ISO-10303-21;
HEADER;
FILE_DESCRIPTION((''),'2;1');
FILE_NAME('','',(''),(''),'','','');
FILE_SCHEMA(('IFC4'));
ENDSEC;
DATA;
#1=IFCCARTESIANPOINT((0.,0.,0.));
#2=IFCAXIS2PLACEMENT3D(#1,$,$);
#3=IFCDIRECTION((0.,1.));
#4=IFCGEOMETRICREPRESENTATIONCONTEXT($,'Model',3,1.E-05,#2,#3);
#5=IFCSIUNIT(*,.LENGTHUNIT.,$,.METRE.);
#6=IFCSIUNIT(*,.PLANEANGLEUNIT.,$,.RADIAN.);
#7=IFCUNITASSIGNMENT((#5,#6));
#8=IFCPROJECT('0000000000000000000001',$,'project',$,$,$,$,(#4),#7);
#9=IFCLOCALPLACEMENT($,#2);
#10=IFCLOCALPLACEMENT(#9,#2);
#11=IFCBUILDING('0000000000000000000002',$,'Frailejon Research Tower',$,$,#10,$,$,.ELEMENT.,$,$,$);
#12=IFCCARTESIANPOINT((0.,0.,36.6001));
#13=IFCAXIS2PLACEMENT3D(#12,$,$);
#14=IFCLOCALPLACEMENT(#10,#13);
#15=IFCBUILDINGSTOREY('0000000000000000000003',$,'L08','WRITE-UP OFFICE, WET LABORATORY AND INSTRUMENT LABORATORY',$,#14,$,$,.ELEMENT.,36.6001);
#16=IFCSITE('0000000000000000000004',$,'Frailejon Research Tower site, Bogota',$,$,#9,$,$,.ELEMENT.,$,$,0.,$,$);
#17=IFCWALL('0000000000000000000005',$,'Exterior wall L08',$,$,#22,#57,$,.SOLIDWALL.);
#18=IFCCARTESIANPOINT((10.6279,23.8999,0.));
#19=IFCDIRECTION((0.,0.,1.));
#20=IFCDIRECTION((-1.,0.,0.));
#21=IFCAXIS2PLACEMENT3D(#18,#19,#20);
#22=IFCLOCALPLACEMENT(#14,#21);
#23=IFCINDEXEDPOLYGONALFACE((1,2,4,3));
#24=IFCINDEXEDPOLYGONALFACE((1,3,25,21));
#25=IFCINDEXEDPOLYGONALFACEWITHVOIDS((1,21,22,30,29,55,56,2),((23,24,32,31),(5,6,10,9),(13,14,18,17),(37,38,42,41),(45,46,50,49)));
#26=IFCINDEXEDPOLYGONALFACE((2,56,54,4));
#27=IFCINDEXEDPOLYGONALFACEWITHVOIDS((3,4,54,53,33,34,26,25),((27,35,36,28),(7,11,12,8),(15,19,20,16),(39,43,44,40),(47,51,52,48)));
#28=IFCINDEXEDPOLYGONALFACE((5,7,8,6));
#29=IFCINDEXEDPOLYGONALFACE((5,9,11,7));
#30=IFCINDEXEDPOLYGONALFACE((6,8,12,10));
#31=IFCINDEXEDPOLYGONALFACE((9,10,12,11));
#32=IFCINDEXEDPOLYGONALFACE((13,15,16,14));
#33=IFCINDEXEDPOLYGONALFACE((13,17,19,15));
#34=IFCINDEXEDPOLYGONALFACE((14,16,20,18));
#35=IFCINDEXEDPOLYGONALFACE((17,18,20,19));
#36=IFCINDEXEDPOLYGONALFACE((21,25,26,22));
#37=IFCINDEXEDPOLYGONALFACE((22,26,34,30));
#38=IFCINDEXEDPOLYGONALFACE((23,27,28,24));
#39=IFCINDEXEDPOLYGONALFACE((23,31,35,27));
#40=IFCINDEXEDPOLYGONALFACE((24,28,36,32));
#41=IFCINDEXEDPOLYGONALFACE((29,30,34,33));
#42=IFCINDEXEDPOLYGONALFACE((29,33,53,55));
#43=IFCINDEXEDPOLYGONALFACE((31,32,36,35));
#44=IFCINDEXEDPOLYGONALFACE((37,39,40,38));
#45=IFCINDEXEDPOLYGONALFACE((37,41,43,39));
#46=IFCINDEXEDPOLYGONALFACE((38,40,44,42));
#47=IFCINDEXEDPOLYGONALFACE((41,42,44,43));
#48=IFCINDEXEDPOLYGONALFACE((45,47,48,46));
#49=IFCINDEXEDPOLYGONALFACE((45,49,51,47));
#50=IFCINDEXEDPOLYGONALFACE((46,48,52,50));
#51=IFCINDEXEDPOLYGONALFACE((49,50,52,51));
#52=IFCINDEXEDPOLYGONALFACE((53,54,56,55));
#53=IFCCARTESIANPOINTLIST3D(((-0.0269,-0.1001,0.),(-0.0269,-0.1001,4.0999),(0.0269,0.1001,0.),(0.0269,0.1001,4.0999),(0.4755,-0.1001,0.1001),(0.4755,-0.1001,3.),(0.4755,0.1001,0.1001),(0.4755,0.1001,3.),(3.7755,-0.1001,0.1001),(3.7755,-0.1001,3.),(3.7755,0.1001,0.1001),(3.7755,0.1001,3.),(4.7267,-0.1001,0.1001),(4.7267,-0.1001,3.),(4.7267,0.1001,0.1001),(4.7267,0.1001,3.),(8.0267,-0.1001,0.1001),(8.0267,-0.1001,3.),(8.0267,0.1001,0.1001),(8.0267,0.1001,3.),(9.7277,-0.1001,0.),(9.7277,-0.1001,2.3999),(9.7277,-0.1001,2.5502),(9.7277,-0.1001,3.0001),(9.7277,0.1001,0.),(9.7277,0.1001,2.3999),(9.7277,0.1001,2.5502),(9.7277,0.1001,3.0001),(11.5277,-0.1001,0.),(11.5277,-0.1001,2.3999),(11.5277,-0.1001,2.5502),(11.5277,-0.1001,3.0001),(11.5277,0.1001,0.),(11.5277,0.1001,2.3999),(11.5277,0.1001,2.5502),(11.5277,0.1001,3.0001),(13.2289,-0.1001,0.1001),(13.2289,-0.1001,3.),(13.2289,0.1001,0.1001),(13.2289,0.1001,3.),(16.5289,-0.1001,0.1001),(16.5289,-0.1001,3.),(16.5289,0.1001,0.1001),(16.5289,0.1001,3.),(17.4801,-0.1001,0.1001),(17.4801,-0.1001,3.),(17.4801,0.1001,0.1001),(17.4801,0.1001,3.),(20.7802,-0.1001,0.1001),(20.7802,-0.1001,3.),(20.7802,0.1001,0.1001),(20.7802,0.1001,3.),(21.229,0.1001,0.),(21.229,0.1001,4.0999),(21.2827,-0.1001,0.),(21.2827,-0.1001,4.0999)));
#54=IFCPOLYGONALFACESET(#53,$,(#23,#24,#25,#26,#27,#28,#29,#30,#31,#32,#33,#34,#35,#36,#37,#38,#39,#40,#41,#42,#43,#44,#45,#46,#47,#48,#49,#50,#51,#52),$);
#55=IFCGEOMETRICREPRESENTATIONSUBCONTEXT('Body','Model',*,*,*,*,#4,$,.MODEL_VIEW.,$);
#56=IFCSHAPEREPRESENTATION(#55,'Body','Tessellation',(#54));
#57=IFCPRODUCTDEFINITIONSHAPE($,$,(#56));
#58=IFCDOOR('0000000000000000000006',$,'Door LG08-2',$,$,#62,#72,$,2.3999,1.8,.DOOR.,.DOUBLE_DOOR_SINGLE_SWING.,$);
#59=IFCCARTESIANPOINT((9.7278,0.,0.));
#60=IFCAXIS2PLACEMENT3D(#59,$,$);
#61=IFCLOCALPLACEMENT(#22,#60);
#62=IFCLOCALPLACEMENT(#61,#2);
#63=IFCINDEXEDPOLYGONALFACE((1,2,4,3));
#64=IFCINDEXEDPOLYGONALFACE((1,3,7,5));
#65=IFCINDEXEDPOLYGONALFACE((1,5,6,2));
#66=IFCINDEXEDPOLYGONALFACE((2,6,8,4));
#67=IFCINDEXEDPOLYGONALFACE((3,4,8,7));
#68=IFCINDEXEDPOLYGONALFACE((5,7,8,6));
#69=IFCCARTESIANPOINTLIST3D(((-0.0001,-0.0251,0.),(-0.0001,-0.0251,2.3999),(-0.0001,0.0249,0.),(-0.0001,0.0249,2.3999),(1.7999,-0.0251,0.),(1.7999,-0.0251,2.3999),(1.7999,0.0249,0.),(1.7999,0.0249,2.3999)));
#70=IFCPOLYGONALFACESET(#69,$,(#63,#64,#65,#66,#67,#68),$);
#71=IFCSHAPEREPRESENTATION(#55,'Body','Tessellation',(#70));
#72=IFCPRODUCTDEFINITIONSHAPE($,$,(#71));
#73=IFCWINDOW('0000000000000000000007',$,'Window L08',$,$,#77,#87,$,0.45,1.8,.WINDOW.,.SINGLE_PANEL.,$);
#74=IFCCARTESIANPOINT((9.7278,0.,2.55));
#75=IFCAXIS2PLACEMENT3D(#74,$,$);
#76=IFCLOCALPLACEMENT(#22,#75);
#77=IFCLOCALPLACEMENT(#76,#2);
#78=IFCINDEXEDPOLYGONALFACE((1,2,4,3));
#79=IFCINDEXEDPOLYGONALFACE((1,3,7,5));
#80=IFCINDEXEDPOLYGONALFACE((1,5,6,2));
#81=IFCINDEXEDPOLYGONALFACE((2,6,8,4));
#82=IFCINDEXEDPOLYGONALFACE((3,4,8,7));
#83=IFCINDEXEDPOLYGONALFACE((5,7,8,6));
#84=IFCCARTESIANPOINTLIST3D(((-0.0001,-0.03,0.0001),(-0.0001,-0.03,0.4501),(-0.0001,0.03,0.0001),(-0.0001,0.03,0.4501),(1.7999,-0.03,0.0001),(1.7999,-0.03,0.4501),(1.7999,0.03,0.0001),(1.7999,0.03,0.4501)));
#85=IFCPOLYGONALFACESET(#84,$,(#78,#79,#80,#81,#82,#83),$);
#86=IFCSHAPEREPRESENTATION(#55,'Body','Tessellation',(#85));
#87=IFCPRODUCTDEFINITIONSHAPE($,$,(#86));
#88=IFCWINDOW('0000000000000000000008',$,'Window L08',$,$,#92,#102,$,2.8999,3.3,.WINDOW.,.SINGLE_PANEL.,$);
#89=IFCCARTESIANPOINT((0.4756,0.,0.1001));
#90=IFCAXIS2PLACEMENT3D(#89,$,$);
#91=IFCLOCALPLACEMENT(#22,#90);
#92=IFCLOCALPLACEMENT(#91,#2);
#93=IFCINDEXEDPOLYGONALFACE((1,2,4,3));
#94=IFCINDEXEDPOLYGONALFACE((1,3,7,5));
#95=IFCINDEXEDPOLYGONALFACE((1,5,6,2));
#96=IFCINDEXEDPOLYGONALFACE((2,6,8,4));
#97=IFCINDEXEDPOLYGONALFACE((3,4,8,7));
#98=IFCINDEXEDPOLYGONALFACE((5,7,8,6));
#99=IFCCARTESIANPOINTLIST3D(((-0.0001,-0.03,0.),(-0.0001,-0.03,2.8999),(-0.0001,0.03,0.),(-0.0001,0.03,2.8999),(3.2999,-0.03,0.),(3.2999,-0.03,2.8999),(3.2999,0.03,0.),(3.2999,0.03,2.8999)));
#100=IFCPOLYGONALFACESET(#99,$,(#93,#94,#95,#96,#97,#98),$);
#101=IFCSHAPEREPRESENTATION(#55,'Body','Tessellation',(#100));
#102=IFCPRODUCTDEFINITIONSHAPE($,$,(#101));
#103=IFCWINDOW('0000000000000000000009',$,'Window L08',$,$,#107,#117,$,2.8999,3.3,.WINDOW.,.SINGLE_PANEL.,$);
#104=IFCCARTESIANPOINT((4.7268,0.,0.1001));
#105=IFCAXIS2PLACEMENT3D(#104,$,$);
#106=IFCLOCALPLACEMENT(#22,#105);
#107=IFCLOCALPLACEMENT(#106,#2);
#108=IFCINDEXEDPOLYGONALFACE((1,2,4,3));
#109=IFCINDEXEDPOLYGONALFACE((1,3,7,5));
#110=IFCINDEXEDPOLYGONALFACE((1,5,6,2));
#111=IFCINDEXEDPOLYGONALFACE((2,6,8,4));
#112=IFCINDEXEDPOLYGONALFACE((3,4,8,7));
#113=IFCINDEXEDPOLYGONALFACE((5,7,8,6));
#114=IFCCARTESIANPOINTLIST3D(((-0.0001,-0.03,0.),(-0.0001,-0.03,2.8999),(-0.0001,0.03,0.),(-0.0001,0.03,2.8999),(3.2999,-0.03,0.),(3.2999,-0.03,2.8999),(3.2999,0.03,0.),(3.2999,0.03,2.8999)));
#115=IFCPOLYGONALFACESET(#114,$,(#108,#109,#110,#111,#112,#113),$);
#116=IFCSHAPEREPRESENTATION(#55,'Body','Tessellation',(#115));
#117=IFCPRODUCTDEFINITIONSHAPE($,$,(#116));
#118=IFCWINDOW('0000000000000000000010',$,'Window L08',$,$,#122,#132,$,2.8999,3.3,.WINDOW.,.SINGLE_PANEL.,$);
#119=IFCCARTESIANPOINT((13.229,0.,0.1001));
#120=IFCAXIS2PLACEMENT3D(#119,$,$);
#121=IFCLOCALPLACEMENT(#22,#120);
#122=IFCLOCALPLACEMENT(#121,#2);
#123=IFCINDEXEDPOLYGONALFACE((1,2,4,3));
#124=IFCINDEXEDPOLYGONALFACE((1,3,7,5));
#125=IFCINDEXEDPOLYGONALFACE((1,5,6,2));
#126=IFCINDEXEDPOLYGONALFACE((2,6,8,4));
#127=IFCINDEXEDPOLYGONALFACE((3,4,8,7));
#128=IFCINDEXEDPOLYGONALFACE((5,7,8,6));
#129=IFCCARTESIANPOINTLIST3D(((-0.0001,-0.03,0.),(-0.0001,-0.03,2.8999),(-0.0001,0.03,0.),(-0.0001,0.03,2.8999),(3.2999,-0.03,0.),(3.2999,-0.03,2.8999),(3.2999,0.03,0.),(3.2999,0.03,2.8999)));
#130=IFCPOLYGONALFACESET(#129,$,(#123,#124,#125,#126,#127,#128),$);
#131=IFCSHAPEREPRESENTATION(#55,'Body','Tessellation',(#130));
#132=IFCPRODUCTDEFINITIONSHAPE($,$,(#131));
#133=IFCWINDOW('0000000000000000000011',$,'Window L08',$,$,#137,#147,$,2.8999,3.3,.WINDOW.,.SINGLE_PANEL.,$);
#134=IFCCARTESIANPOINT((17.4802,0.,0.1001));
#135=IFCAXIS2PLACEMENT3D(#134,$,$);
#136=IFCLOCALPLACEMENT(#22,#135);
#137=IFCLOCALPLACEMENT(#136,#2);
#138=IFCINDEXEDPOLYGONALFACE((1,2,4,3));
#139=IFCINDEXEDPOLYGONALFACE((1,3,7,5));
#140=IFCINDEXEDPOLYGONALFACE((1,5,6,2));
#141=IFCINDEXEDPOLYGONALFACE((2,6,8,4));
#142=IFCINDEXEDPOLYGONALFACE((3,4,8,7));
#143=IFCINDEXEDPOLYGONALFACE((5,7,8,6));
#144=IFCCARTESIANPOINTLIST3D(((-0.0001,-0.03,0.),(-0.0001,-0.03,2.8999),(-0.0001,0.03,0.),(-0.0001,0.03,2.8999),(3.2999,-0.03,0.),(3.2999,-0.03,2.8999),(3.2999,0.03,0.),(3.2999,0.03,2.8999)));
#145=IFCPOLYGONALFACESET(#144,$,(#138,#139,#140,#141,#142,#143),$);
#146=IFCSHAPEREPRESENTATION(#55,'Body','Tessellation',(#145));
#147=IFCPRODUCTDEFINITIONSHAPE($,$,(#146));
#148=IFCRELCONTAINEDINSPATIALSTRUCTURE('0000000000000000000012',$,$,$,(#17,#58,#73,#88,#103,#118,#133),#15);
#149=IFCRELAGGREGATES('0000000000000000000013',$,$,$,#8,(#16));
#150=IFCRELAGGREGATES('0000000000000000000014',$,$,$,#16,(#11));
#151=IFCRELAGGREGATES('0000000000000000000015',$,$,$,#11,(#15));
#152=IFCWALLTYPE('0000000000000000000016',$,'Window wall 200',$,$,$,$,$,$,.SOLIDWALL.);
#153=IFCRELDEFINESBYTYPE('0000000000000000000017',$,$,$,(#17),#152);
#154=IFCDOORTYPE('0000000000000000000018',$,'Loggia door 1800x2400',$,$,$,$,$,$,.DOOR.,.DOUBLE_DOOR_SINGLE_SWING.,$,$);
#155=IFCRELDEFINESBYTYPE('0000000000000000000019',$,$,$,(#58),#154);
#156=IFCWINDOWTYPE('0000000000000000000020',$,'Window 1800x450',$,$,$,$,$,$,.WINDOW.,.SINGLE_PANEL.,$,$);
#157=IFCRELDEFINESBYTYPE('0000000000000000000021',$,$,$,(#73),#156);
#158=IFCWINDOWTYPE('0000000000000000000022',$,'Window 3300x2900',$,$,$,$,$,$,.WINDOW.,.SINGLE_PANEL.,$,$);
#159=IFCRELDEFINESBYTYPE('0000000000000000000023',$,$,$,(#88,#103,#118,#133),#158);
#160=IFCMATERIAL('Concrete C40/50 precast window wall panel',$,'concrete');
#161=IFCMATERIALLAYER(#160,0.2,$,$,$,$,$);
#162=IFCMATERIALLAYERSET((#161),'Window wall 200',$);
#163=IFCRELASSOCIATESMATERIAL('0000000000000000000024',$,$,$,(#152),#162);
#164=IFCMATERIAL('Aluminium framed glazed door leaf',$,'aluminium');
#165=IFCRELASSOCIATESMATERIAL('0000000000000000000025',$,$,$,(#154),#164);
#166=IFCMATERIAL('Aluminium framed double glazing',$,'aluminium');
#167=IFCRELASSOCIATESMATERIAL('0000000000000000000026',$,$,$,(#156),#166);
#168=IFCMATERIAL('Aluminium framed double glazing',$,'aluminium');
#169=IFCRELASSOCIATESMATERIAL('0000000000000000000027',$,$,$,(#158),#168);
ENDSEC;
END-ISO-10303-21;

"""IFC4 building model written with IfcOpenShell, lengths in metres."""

from ifc_helpers import new_model, si_unit, direction, frame, frame_2d, origin, place, context, subcontext, project, spatial, polyline, rectangle, outline, extrude, material, layer, layer_set, type_object, element, fill, save


model = new_model("IFC4")

# Units and contexts
model_context = context("Model", 3, precision=1e-05, world=origin(), true_north=direction((0.0, 1.0)))
body_context = subcontext(model_context, "Body", "Model", "MODEL_VIEW")
ifc_project = project(units=[si_unit("LENGTHUNIT", "METRE"), si_unit("PLANEANGLEUNIT", "RADIAN")], contexts=[model_context])

# Site, building, storey
site_placement = place(None, origin())
site = spatial("IfcSite", under=ifc_project, at=site_placement, Name="Frailejon Research Tower site, Bogota", CompositionType="ELEMENT", RefElevation=0.0)
building_placement = place(site_placement, origin())
building = spatial("IfcBuilding", under=site, at=building_placement, Name="Frailejon Research Tower", CompositionType="ELEMENT")
storey_placement = place(building_placement, frame((0.0, 0.0, 36.6001)))
storey = spatial("IfcBuildingStorey", under=building, at=storey_placement, Name="L08", Description="WRITE-UP OFFICE, WET LABORATORY AND INSTRUMENT LABORATORY", CompositionType="ELEMENT", Elevation=36.6001)

# Wall, openings, door, windows
ifc_material_1 = material(Name="Concrete C40/50 precast window wall panel", Category="concrete")
ifc_layer_1 = layer(ifc_material_1, 0.2)
ifc_layer_set_1 = layer_set([ifc_layer_1], Name="Window wall 200")
wall_type_1 = type_object("IfcWallType", Name="Window wall 200", PredefinedType="SOLIDWALL", material=ifc_layer_set_1)
wall_1_placement = place(storey_placement, frame((10.6279, 23.8999, 0.0), z_axis=(0.0, 0.0, 1.0), x_axis=(-1.0, 0.0, 0.0)))
wall_1 = element("IfcWall", 1, at=wall_1_placement, inside=storey, type_object=wall_type_1, Name="Exterior wall L08", PredefinedType="SOLIDWALL", context=body_context, shape_type="SweptSolid", body=[
    extrude(outline(polyline([(-0.0269, -0.1001), (0.9878, -0.1001), (2.0027, -0.1001), (3.0173, -0.1001), (4.0322, -0.1001), (5.0469, -0.1001), (6.0615, -0.1001), (7.0764, -0.1001), (8.0911, -0.1001), (9.1057, -0.1001), (10.1206, -0.1001), (11.1353, -0.1001), (12.1501, -0.1001), (13.1648, -0.1001), (14.1794, -0.1001), (15.1943, -0.1001), (16.209, -0.1001), (17.2236, -0.1001), (18.2385, -0.1001), (19.2532, -0.1001), (20.2681, -0.1001), (21.2827, -0.1001), (21.229, 0.1001), (20.2195, 0.1001), (19.2097, 0.1001), (18.2002, 0.1001), (17.1904, 0.1001), (16.1809, 0.1001), (15.1711, 0.1001), (14.1616, 0.1001), (13.1521, 0.1001), (12.1423, 0.1001), (11.1328, 0.1001), (10.123, 0.1001), (9.1135, 0.1001), (8.1038, 0.1001), (7.0942, 0.1001), (6.0847, 0.1001), (5.075, 0.1001), (4.0654, 0.1001), (3.0557, 0.1001), (2.0461, 0.1001), (1.0364, 0.1001), (0.0269, 0.1001), (-0.0269, -0.1001)])), origin(), (0.0, 0.0, 1.0), 4.0999),
])
opening_1_placement = place(wall_1_placement, frame((0.4756, 0.0, 0.1001)))
opening_1 = element("IfcOpeningElement", 2, at=opening_1_placement, cuts=wall_1, PredefinedType="OPENING", context=body_context, shape_type="SweptSolid", body=[
    extrude(rectangle(XDim=3.3, YDim=2.8999, at=frame_2d((1.6499, 1.45))), frame((0.0, 0.1099, 0.0), z_axis=(0.0, -1.0, 0.0), x_axis=(1.0, 0.0, 0.0)), (0.0, 0.0, 1.0), 0.22),
])
opening_2_placement = place(wall_1_placement, frame((4.7268, 0.0, 0.1001)))
opening_2 = element("IfcOpeningElement", 3, at=opening_2_placement, cuts=wall_1, PredefinedType="OPENING", context=body_context, shape_type="SweptSolid", body=[
    extrude(rectangle(XDim=3.3, YDim=2.8999, at=frame_2d((1.6499, 1.45))), frame((0.0, 0.1099, 0.0), z_axis=(0.0, -1.0, 0.0), x_axis=(1.0, 0.0, 0.0)), (0.0, 0.0, 1.0), 0.22),
])
opening_3_placement = place(wall_1_placement, frame((9.7278, 0.0, 0.0)))
opening_3 = element("IfcOpeningElement", 4, at=opening_3_placement, cuts=wall_1, PredefinedType="OPENING", context=body_context, shape_type="SweptSolid", body=[
    extrude(rectangle(XDim=1.8, YDim=2.3999, at=frame_2d((0.8999, 1.2))), frame((0.0, 0.1099, 0.0), z_axis=(0.0, -1.0, 0.0), x_axis=(1.0, 0.0, 0.0)), (0.0, 0.0, 1.0), 0.22),
])
opening_4_placement = place(wall_1_placement, frame((9.7278, 0.0, 2.55)))
opening_4 = element("IfcOpeningElement", 5, at=opening_4_placement, cuts=wall_1, PredefinedType="OPENING", context=body_context, shape_type="SweptSolid", body=[
    extrude(rectangle(XDim=1.8, YDim=0.45, at=frame_2d((0.8999, 0.2251))), frame((0.0, 0.1099, 0.0), z_axis=(0.0, -1.0, 0.0), x_axis=(1.0, 0.0, 0.0)), (0.0, 0.0, 1.0), 0.22),
])
opening_5_placement = place(wall_1_placement, frame((13.229, 0.0, 0.1001)))
opening_5 = element("IfcOpeningElement", 6, at=opening_5_placement, cuts=wall_1, PredefinedType="OPENING", context=body_context, shape_type="SweptSolid", body=[
    extrude(rectangle(XDim=3.3, YDim=2.8999, at=frame_2d((1.6499, 1.45))), frame((0.0, 0.1099, 0.0), z_axis=(0.0, -1.0, 0.0), x_axis=(1.0, 0.0, 0.0)), (0.0, 0.0, 1.0), 0.22),
])
opening_6_placement = place(wall_1_placement, frame((17.4802, 0.0, 0.1001)))
opening_6 = element("IfcOpeningElement", 7, at=opening_6_placement, cuts=wall_1, PredefinedType="OPENING", context=body_context, shape_type="SweptSolid", body=[
    extrude(rectangle(XDim=3.3, YDim=2.8999, at=frame_2d((1.6499, 1.45))), frame((0.0, 0.1099, 0.0), z_axis=(0.0, -1.0, 0.0), x_axis=(1.0, 0.0, 0.0)), (0.0, 0.0, 1.0), 0.22),
])
ifc_material_2 = material(Name="Aluminium framed glazed door leaf", Category="aluminium")
door_type_1 = type_object("IfcDoorType", Name="Loggia door 1800x2400", OperationType="DOUBLE_DOOR_SINGLE_SWING", PredefinedType="DOOR", material=ifc_material_2)
door_1_placement = place(opening_3_placement, origin())
door_1 = element("IfcDoor", 8, at=door_1_placement, inside=storey, type_object=door_type_1, Name="Door LG08-2", OperationType="DOUBLE_DOOR_SINGLE_SWING", OverallHeight=2.3999, OverallWidth=1.8, PredefinedType="DOOR", context=body_context, shape_type="SweptSolid", body=[
    extrude(rectangle(XDim=1.8, YDim=2.3999, at=frame_2d((0.8999, 1.2))), frame((0.0, 0.0249, 0.0), z_axis=(0.0, -1.0, 0.0), x_axis=(1.0, 0.0, 0.0)), (0.0, 0.0, 1.0), 0.05),
])
fill(opening_3, door_1)
ifc_material_3 = material(Name="Aluminium framed double glazing", Category="aluminium")
window_type_1 = type_object("IfcWindowType", Name="Window 1800x450", PartitioningType="SINGLE_PANEL", PredefinedType="WINDOW", material=ifc_material_3)
window_1_placement = place(opening_4_placement, origin())
window_1 = element("IfcWindow", 9, at=window_1_placement, inside=storey, type_object=window_type_1, Name="Window L08", OverallHeight=0.45, OverallWidth=1.8, PartitioningType="SINGLE_PANEL", PredefinedType="WINDOW", context=body_context, shape_type="SweptSolid", body=[
    extrude(rectangle(XDim=1.8, YDim=0.45, at=frame_2d((0.8999, 0.2251))), frame((0.0, 0.03, 0.0), z_axis=(0.0, -1.0, 0.0), x_axis=(1.0, 0.0, 0.0)), (0.0, 0.0, 1.0), 0.0601),
])
fill(opening_4, window_1)
ifc_material_4 = material(Name="Aluminium framed double glazing", Category="aluminium")
window_type_2 = type_object("IfcWindowType", Name="Window 3300x2900", PartitioningType="SINGLE_PANEL", PredefinedType="WINDOW", material=ifc_material_4)
window_2_placement = place(opening_1_placement, origin())
window_2 = element("IfcWindow", 10, at=window_2_placement, inside=storey, type_object=window_type_2, Name="Window L08", OverallHeight=2.8999, OverallWidth=3.3, PartitioningType="SINGLE_PANEL", PredefinedType="WINDOW", context=body_context, shape_type="SweptSolid", body=[
    extrude(rectangle(XDim=3.3, YDim=2.8999, at=frame_2d((1.6499, 1.45))), frame((0.0, 0.03, 0.0), z_axis=(0.0, -1.0, 0.0), x_axis=(1.0, 0.0, 0.0)), (0.0, 0.0, 1.0), 0.0601),
])
fill(opening_1, window_2)
window_3_placement = place(opening_2_placement, origin())
window_3 = element("IfcWindow", 11, at=window_3_placement, inside=storey, type_object=window_type_2, Name="Window L08", OverallHeight=2.8999, OverallWidth=3.3, PartitioningType="SINGLE_PANEL", PredefinedType="WINDOW", context=body_context, shape_type="SweptSolid", body=[
    extrude(rectangle(XDim=3.3, YDim=2.8999, at=frame_2d((1.6499, 1.45))), frame((0.0, 0.03, 0.0), z_axis=(0.0, -1.0, 0.0), x_axis=(1.0, 0.0, 0.0)), (0.0, 0.0, 1.0), 0.0601),
])
fill(opening_2, window_3)
window_4_placement = place(opening_5_placement, origin())
window_4 = element("IfcWindow", 12, at=window_4_placement, inside=storey, type_object=window_type_2, Name="Window L08", OverallHeight=2.8999, OverallWidth=3.3, PartitioningType="SINGLE_PANEL", PredefinedType="WINDOW", context=body_context, shape_type="SweptSolid", body=[
    extrude(rectangle(XDim=3.3, YDim=2.8999, at=frame_2d((1.6499, 1.45))), frame((0.0, 0.03, 0.0), z_axis=(0.0, -1.0, 0.0), x_axis=(1.0, 0.0, 0.0)), (0.0, 0.0, 1.0), 0.0601),
])
fill(opening_5, window_4)
window_5_placement = place(opening_6_placement, origin())
window_5 = element("IfcWindow", 13, at=window_5_placement, inside=storey, type_object=window_type_2, Name="Window L08", OverallHeight=2.8999, OverallWidth=3.3, PartitioningType="SINGLE_PANEL", PredefinedType="WINDOW", context=body_context, shape_type="SweptSolid", body=[
    extrude(rectangle(XDim=3.3, YDim=2.8999, at=frame_2d((1.6499, 1.45))), frame((0.0, 0.03, 0.0), z_axis=(0.0, -1.0, 0.0), x_axis=(1.0, 0.0, 0.0)), (0.0, 0.0, 1.0), 0.0601),
])
fill(opening_6, window_5)

save(model, "model.ifc")
